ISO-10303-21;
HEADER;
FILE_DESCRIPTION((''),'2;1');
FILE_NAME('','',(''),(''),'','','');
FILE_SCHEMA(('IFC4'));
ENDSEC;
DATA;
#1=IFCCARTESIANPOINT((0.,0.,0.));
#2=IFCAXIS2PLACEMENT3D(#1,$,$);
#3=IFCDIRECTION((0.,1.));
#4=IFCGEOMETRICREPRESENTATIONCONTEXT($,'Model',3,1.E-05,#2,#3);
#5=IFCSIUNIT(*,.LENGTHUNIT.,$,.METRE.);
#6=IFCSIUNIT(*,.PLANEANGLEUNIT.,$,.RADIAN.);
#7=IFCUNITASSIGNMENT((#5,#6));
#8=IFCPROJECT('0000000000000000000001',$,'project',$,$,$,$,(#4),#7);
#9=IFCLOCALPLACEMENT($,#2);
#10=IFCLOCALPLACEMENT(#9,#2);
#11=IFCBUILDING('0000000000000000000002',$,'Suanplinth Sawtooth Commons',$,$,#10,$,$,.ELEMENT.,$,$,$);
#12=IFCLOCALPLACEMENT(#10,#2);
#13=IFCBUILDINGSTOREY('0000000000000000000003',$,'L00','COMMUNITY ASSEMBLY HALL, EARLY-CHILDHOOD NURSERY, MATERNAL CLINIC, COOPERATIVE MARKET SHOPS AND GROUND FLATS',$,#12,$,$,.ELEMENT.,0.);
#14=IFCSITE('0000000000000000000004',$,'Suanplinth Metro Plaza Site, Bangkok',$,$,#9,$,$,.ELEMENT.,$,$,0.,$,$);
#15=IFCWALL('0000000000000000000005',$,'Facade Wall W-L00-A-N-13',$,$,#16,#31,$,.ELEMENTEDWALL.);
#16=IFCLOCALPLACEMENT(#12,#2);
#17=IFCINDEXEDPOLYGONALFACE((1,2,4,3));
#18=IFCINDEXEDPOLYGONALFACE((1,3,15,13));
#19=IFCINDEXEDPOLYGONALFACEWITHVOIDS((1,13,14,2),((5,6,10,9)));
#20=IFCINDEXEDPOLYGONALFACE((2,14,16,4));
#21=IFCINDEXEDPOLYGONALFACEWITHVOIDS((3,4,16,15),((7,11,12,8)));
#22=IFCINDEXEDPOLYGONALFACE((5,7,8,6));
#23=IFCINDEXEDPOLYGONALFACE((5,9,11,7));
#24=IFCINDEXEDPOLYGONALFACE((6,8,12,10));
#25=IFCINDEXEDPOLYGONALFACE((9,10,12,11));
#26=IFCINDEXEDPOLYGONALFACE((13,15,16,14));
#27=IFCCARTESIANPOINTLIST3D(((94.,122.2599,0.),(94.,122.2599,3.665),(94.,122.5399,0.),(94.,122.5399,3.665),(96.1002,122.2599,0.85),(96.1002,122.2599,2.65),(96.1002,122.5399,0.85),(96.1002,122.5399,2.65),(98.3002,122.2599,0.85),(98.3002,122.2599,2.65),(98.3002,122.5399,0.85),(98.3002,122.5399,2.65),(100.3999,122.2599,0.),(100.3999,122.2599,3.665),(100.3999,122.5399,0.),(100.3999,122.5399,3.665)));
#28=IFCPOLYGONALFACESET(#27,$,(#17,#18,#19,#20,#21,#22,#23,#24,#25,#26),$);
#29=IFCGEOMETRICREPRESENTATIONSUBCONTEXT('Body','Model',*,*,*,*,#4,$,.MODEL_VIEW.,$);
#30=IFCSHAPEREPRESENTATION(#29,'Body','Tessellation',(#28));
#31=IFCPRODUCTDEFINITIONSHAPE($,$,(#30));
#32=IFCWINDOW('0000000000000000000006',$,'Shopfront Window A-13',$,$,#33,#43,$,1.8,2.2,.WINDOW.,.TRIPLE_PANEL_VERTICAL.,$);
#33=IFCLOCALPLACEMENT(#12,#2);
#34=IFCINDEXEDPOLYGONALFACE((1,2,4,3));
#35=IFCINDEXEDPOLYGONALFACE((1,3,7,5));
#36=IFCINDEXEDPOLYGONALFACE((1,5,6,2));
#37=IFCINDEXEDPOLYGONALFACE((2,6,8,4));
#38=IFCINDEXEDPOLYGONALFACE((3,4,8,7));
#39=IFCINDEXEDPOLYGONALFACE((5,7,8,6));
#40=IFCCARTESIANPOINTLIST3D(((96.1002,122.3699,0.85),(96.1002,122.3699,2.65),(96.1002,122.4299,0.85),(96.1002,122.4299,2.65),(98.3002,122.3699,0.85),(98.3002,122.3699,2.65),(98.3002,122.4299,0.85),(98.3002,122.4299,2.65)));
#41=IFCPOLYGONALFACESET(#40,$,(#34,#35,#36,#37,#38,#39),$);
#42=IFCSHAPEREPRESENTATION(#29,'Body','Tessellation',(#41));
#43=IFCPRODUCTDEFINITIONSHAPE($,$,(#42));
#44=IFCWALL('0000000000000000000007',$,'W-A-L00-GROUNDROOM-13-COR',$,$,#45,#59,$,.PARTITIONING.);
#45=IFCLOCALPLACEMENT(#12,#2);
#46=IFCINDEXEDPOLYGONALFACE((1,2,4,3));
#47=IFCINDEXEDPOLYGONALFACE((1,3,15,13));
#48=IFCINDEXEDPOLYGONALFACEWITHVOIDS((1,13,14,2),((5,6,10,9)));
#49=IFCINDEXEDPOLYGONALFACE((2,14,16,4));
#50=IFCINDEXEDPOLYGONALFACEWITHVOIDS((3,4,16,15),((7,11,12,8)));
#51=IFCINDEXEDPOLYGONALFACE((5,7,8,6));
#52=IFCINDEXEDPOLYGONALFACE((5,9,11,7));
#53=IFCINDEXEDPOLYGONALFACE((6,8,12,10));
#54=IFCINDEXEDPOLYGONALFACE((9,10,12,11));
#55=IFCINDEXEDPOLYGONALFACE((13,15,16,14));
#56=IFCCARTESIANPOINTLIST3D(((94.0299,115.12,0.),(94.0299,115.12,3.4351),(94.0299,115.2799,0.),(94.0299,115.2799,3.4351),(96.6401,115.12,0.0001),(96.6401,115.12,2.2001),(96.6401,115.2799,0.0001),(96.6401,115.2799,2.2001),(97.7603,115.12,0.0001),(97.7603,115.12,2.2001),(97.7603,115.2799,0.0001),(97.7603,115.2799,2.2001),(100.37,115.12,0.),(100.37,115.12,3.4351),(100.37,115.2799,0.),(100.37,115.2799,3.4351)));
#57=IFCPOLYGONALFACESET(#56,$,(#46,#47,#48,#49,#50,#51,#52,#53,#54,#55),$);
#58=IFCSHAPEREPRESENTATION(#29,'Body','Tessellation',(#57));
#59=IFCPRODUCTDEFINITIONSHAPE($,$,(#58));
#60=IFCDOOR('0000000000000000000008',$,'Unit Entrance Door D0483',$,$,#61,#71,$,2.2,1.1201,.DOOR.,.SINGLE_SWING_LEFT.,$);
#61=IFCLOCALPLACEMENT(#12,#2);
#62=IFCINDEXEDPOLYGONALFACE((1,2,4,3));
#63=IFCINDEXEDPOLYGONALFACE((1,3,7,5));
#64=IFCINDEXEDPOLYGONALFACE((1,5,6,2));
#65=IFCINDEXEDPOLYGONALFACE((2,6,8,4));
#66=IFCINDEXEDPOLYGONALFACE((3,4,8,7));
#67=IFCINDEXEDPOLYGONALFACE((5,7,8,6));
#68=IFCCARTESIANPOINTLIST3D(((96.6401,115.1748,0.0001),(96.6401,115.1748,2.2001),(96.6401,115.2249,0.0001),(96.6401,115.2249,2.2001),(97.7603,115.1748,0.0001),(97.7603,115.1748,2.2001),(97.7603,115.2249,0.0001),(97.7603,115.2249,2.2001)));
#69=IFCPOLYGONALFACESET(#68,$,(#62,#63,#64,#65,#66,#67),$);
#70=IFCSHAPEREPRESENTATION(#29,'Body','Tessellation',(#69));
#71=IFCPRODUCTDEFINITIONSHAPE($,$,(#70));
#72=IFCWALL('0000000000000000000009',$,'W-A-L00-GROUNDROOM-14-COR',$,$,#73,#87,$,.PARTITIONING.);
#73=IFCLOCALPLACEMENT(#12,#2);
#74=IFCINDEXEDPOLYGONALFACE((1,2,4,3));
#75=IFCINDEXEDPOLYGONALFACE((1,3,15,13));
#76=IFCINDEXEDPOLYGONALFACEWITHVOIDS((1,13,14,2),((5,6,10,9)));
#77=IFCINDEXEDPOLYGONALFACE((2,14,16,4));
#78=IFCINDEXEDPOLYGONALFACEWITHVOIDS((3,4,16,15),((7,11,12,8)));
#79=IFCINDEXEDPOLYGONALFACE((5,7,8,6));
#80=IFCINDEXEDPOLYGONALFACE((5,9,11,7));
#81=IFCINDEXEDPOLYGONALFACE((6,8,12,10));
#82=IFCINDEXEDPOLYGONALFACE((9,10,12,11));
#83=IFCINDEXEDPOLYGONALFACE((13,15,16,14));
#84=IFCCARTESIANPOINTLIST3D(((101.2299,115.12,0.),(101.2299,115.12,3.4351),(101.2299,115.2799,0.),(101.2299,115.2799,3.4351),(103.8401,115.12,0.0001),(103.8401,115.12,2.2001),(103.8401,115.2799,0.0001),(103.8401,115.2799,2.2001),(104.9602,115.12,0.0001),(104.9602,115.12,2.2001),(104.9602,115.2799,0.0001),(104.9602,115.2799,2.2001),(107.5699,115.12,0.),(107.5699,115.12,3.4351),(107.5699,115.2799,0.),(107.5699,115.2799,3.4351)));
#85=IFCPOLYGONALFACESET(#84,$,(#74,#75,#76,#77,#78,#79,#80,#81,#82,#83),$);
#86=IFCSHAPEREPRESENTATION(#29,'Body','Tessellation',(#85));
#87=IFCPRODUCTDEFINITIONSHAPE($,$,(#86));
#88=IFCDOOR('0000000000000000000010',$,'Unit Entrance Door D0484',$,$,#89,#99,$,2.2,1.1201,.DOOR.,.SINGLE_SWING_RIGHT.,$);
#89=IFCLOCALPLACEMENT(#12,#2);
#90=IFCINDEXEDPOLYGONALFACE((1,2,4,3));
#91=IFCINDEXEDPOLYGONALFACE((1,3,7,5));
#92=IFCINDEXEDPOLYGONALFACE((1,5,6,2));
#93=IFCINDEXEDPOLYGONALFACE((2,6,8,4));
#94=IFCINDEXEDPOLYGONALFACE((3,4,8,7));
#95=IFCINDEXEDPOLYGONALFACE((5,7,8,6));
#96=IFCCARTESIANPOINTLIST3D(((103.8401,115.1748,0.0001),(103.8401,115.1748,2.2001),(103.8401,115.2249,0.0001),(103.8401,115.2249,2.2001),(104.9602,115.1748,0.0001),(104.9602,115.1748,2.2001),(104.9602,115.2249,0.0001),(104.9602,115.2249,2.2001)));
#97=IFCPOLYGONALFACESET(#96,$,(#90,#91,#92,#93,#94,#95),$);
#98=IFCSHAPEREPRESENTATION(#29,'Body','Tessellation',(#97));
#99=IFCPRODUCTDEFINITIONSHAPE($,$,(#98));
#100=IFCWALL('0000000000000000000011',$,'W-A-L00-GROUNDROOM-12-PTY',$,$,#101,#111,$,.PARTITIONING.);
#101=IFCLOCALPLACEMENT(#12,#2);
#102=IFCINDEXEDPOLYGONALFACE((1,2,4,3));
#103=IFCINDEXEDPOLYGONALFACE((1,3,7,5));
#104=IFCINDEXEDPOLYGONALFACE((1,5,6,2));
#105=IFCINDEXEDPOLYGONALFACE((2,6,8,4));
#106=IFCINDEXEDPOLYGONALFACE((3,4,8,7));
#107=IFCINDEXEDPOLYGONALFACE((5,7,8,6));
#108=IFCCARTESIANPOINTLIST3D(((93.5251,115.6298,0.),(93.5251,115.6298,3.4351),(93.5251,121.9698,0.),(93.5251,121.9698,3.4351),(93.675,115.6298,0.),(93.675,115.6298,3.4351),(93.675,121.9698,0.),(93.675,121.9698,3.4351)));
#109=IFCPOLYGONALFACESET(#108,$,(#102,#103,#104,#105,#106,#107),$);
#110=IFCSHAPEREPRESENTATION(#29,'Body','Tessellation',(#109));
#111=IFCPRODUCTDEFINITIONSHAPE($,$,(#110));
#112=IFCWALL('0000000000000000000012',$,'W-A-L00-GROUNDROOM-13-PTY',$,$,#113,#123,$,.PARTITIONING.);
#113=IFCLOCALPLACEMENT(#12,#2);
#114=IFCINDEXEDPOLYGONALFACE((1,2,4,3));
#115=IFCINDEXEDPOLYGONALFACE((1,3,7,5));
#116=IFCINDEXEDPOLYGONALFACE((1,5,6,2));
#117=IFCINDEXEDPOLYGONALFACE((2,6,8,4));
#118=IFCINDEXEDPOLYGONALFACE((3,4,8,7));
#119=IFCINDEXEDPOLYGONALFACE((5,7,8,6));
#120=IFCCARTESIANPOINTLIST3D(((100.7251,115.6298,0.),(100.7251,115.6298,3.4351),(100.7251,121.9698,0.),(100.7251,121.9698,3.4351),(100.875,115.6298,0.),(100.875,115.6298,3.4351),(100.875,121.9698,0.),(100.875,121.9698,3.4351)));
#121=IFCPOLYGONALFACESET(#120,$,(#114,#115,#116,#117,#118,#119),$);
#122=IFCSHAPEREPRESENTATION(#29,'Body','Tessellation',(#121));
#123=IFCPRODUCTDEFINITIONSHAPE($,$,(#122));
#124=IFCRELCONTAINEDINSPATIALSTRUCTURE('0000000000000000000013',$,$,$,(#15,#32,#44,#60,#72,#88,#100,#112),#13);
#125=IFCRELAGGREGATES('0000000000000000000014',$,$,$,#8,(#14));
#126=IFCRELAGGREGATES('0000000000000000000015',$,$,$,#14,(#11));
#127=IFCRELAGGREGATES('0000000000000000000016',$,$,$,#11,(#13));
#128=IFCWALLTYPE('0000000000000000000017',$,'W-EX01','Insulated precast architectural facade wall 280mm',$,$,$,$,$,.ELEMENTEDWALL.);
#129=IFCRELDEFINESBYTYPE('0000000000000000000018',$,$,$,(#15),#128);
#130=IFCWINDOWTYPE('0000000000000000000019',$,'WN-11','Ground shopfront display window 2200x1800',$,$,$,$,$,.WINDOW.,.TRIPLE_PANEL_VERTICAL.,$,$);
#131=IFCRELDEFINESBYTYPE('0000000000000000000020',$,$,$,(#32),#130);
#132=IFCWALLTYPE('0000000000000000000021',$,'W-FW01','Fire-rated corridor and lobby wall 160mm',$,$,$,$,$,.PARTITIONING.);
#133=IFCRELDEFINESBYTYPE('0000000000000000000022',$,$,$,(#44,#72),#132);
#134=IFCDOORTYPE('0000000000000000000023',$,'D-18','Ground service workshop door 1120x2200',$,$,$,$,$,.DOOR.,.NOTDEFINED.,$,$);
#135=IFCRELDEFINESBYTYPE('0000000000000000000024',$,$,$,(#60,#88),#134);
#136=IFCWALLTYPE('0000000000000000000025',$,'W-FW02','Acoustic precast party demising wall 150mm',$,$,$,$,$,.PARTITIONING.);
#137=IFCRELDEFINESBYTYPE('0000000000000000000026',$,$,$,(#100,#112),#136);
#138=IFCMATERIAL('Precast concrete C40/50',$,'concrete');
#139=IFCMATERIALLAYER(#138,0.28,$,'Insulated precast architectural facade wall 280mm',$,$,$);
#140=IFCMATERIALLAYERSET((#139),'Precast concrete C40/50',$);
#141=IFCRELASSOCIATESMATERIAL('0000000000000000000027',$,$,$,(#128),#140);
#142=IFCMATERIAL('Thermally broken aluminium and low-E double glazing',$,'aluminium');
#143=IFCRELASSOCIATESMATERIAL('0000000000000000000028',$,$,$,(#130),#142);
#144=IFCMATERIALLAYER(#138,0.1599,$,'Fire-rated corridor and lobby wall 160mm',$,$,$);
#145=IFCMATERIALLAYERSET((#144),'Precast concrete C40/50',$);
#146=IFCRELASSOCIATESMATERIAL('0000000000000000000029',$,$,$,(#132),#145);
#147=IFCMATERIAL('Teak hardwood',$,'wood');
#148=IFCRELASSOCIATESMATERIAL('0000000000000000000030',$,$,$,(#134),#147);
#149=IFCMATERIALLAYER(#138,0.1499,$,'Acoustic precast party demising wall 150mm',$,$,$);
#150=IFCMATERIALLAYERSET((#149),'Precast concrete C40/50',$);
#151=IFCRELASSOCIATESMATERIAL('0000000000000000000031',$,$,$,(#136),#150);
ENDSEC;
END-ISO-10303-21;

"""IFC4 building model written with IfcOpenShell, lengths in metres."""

from ifc_helpers import new_model, si_unit, direction, frame, frame_2d, origin, place, context, subcontext, project, spatial, rectangle, extrude, material, layer, layer_set, type_object, element, fill, save


model = new_model("IFC4")

# Units and contexts
model_context = context("Model", 3, precision=1e-05, world=origin(), true_north=direction((0.0, 1.0)))
body_context = subcontext(model_context, "Body", "Model", "MODEL_VIEW")
ifc_project = project(units=[si_unit("LENGTHUNIT", "METRE"), si_unit("PLANEANGLEUNIT", "RADIAN")], contexts=[model_context])

# Site, building, storey
site_placement = place(None, origin())
site = spatial("IfcSite", under=ifc_project, at=site_placement, Name="Suanplinth Metro Plaza Site, Bangkok", CompositionType="ELEMENT", RefElevation=0.0)
building_placement = place(site_placement, origin())
building = spatial("IfcBuilding", under=site, at=building_placement, Name="Suanplinth Sawtooth Commons", CompositionType="ELEMENT")
storey_placement = place(building_placement, origin())
storey = spatial("IfcBuildingStorey", under=building, at=storey_placement, Name="L00", Description="COMMUNITY ASSEMBLY HALL, EARLY-CHILDHOOD NURSERY, MATERNAL CLINIC, COOPERATIVE MARKET SHOPS AND GROUND FLATS", CompositionType="ELEMENT", Elevation=0.0)

# Shared definitions
ifc_material_1 = material(Name="Precast concrete C40/50", Category="concrete")

# Wall, opening, window
ifc_layer_1 = layer(ifc_material_1, 0.28, Name="Insulated precast architectural facade wall 280mm")
ifc_layer_set_1 = layer_set([ifc_layer_1], Name="Precast concrete C40/50")
wall_type_1 = type_object("IfcWallType", Name="W-EX01", Description="Insulated precast architectural facade wall 280mm", PredefinedType="ELEMENTEDWALL", material=ifc_layer_set_1)
wall_1_placement = place(storey_placement, frame((94.0, 122.3999, 0.0), z_axis=(0.0, 0.0, 1.0), x_axis=(1.0, 0.0, 0.0)))
wall_1 = element("IfcWall", 1, at=wall_1_placement, inside=storey, type_object=wall_type_1, Name="Facade Wall W-L00-A-N-13", PredefinedType="ELEMENTEDWALL", context=body_context, shape_type="SweptSolid", body=[
    extrude(rectangle(XDim=6.3999, YDim=0.28, at=frame_2d((3.2, 0.0))), origin(), (0.0, 0.0, 1.0), 3.665),
])
opening_1_placement = place(wall_1_placement, frame((2.1001, 0.0, 0.8501)))
opening_1 = element("IfcOpeningElement", 2, at=opening_1_placement, cuts=wall_1, PredefinedType="OPENING", context=body_context, shape_type="SweptSolid", body=[
    extrude(rectangle(XDim=2.2, YDim=1.8, at=frame_2d((1.1001, 0.8999))), frame((0.0, 0.1548, 0.0), z_axis=(0.0, -1.0, 0.0), x_axis=(1.0, 0.0, 0.0)), (0.0, 0.0, 1.0), 0.3098),
])
ifc_material_2 = material(Name="Thermally broken aluminium and low-E double glazing", Category="aluminium")
window_type = type_object("IfcWindowType", Name="WN-11", Description="Ground shopfront display window 2200x1800", PartitioningType="TRIPLE_PANEL_VERTICAL", PredefinedType="WINDOW", material=ifc_material_2)
window_placement = place(opening_1_placement, origin())
window = element("IfcWindow", 3, at=window_placement, inside=storey, type_object=window_type, Name="Shopfront Window A-13", OverallHeight=1.8, OverallWidth=2.2, PartitioningType="TRIPLE_PANEL_VERTICAL", PredefinedType="WINDOW", context=body_context, shape_type="SweptSolid", body=[
    extrude(rectangle(XDim=2.2, YDim=1.8, at=frame_2d((1.1001, 0.8999))), frame((0.0, 0.03, 0.0), z_axis=(0.0, -1.0, 0.0), x_axis=(1.0, 0.0, 0.0)), (0.0, 0.0, 1.0), 0.0601),
])
fill(opening_1, window)

# Walls, openings, doors
ifc_layer_2 = layer(ifc_material_1, 0.1599, Name="Fire-rated corridor and lobby wall 160mm")
ifc_layer_set_2 = layer_set([ifc_layer_2], Name="Precast concrete C40/50")
wall_type_2 = type_object("IfcWallType", Name="W-FW01", Description="Fire-rated corridor and lobby wall 160mm", PredefinedType="PARTITIONING", material=ifc_layer_set_2)
wall_2_placement = place(storey_placement, frame((94.03, 115.2, 0.0), z_axis=(0.0, 0.0, 1.0), x_axis=(1.0, 0.0, 0.0)))
wall_2 = element("IfcWall", 4, at=wall_2_placement, inside=storey, type_object=wall_type_2, Name="W-A-L00-GROUNDROOM-13-COR", PredefinedType="PARTITIONING", context=body_context, shape_type="SweptSolid", body=[
    extrude(rectangle(XDim=6.3401, YDim=0.1599, at=frame_2d((3.1699, 0.0))), origin(), (0.0, 0.0, 1.0), 3.4351),
])
opening_2_placement = place(wall_2_placement, frame((2.6101, 0.0, 0.0)))
opening_2 = element("IfcOpeningElement", 5, at=opening_2_placement, cuts=wall_2, PredefinedType="OPENING", context=body_context, shape_type="SweptSolid", body=[
    extrude(rectangle(XDim=1.1201, YDim=2.2, at=frame_2d((0.5601, 1.1001))), frame((0.0, 0.0947, 0.0), z_axis=(0.0, -1.0, 0.0), x_axis=(1.0, 0.0, 0.0)), (0.0, 0.0, 1.0), 0.1897),
])
ifc_material_3 = material(Name="Teak hardwood", Category="wood")
door_type = type_object("IfcDoorType", Name="D-18", Description="Ground service workshop door 1120x2200", OperationType="NOTDEFINED", PredefinedType="DOOR", material=ifc_material_3)
door_1_placement = place(opening_2_placement, origin())
door_1 = element("IfcDoor", 6, at=door_1_placement, inside=storey, type_object=door_type, Name="Unit Entrance Door D0483", OperationType="SINGLE_SWING_LEFT", OverallHeight=2.2, OverallWidth=1.1201, PredefinedType="DOOR", context=body_context, shape_type="SweptSolid", body=[
    extrude(rectangle(XDim=1.1201, YDim=2.2, at=frame_2d((0.5601, 1.1001))), frame((0.0, 0.0249, 0.0), z_axis=(0.0, -1.0, 0.0), x_axis=(1.0, 0.0, 0.0)), (0.0, 0.0, 1.0), 0.05),
])
fill(opening_2, door_1)
wall_3_placement = place(storey_placement, frame((101.23, 115.2, 0.0), z_axis=(0.0, 0.0, 1.0), x_axis=(1.0, 0.0, 0.0)))
wall_3 = element("IfcWall", 7, at=wall_3_placement, inside=storey, type_object=wall_type_2, Name="W-A-L00-GROUNDROOM-14-COR", PredefinedType="PARTITIONING", context=body_context, shape_type="SweptSolid", body=[
    extrude(rectangle(XDim=6.3401, YDim=0.1599, at=frame_2d((3.1699, 0.0))), origin(), (0.0, 0.0, 1.0), 3.4351),
])
opening_3_placement = place(wall_3_placement, frame((2.6101, 0.0, 0.0)))
opening_3 = element("IfcOpeningElement", 8, at=opening_3_placement, cuts=wall_3, PredefinedType="OPENING", context=body_context, shape_type="SweptSolid", body=[
    extrude(rectangle(XDim=1.1201, YDim=2.2, at=frame_2d((0.5601, 1.1001))), frame((0.0, 0.0947, 0.0), z_axis=(0.0, -1.0, 0.0), x_axis=(1.0, 0.0, 0.0)), (0.0, 0.0, 1.0), 0.1897),
])
door_2_placement = place(opening_3_placement, origin())
door_2 = element("IfcDoor", 9, at=door_2_placement, inside=storey, type_object=door_type, Name="Unit Entrance Door D0484", OperationType="SINGLE_SWING_RIGHT", OverallHeight=2.2, OverallWidth=1.1201, PredefinedType="DOOR", context=body_context, shape_type="SweptSolid", body=[
    extrude(rectangle(XDim=1.1201, YDim=2.2, at=frame_2d((0.5601, 1.1001))), frame((0.0, 0.0249, 0.0), z_axis=(0.0, -1.0, 0.0), x_axis=(1.0, 0.0, 0.0)), (0.0, 0.0, 1.0), 0.05),
])
fill(opening_3, door_2)

# Walls
ifc_layer_3 = layer(ifc_material_1, 0.1499, Name="Acoustic precast party demising wall 150mm")
ifc_layer_set_3 = layer_set([ifc_layer_3], Name="Precast concrete C40/50")
wall_type_3 = type_object("IfcWallType", Name="W-FW02", Description="Acoustic precast party demising wall 150mm", PredefinedType="PARTITIONING", material=ifc_layer_set_3)
for number, where, z_axis, x_axis, name in (
    (10, (93.6001, 115.6299, 0.0), (0.0, 0.0, 1.0), (0.0, 1.0, 0.0), "W-A-L00-GROUNDROOM-12-PTY"),
    (11, (100.8, 115.6299, 0.0), (0.0, 0.0, 1.0), (0.0, 1.0, 0.0), "W-A-L00-GROUNDROOM-13-PTY"),
):
    element("IfcWall", number, at=place(storey_placement, frame(where, z_axis=z_axis, x_axis=x_axis)), inside=storey, type_object=wall_type_3, Name=name, PredefinedType="PARTITIONING", context=body_context, shape_type="SweptSolid", body=[
        extrude(rectangle(XDim=6.3401, YDim=0.1499, at=frame_2d((3.1699, 0.0))), origin(), (0.0, 0.0, 1.0), 3.4351),
    ])

save(model, "model.ifc")
